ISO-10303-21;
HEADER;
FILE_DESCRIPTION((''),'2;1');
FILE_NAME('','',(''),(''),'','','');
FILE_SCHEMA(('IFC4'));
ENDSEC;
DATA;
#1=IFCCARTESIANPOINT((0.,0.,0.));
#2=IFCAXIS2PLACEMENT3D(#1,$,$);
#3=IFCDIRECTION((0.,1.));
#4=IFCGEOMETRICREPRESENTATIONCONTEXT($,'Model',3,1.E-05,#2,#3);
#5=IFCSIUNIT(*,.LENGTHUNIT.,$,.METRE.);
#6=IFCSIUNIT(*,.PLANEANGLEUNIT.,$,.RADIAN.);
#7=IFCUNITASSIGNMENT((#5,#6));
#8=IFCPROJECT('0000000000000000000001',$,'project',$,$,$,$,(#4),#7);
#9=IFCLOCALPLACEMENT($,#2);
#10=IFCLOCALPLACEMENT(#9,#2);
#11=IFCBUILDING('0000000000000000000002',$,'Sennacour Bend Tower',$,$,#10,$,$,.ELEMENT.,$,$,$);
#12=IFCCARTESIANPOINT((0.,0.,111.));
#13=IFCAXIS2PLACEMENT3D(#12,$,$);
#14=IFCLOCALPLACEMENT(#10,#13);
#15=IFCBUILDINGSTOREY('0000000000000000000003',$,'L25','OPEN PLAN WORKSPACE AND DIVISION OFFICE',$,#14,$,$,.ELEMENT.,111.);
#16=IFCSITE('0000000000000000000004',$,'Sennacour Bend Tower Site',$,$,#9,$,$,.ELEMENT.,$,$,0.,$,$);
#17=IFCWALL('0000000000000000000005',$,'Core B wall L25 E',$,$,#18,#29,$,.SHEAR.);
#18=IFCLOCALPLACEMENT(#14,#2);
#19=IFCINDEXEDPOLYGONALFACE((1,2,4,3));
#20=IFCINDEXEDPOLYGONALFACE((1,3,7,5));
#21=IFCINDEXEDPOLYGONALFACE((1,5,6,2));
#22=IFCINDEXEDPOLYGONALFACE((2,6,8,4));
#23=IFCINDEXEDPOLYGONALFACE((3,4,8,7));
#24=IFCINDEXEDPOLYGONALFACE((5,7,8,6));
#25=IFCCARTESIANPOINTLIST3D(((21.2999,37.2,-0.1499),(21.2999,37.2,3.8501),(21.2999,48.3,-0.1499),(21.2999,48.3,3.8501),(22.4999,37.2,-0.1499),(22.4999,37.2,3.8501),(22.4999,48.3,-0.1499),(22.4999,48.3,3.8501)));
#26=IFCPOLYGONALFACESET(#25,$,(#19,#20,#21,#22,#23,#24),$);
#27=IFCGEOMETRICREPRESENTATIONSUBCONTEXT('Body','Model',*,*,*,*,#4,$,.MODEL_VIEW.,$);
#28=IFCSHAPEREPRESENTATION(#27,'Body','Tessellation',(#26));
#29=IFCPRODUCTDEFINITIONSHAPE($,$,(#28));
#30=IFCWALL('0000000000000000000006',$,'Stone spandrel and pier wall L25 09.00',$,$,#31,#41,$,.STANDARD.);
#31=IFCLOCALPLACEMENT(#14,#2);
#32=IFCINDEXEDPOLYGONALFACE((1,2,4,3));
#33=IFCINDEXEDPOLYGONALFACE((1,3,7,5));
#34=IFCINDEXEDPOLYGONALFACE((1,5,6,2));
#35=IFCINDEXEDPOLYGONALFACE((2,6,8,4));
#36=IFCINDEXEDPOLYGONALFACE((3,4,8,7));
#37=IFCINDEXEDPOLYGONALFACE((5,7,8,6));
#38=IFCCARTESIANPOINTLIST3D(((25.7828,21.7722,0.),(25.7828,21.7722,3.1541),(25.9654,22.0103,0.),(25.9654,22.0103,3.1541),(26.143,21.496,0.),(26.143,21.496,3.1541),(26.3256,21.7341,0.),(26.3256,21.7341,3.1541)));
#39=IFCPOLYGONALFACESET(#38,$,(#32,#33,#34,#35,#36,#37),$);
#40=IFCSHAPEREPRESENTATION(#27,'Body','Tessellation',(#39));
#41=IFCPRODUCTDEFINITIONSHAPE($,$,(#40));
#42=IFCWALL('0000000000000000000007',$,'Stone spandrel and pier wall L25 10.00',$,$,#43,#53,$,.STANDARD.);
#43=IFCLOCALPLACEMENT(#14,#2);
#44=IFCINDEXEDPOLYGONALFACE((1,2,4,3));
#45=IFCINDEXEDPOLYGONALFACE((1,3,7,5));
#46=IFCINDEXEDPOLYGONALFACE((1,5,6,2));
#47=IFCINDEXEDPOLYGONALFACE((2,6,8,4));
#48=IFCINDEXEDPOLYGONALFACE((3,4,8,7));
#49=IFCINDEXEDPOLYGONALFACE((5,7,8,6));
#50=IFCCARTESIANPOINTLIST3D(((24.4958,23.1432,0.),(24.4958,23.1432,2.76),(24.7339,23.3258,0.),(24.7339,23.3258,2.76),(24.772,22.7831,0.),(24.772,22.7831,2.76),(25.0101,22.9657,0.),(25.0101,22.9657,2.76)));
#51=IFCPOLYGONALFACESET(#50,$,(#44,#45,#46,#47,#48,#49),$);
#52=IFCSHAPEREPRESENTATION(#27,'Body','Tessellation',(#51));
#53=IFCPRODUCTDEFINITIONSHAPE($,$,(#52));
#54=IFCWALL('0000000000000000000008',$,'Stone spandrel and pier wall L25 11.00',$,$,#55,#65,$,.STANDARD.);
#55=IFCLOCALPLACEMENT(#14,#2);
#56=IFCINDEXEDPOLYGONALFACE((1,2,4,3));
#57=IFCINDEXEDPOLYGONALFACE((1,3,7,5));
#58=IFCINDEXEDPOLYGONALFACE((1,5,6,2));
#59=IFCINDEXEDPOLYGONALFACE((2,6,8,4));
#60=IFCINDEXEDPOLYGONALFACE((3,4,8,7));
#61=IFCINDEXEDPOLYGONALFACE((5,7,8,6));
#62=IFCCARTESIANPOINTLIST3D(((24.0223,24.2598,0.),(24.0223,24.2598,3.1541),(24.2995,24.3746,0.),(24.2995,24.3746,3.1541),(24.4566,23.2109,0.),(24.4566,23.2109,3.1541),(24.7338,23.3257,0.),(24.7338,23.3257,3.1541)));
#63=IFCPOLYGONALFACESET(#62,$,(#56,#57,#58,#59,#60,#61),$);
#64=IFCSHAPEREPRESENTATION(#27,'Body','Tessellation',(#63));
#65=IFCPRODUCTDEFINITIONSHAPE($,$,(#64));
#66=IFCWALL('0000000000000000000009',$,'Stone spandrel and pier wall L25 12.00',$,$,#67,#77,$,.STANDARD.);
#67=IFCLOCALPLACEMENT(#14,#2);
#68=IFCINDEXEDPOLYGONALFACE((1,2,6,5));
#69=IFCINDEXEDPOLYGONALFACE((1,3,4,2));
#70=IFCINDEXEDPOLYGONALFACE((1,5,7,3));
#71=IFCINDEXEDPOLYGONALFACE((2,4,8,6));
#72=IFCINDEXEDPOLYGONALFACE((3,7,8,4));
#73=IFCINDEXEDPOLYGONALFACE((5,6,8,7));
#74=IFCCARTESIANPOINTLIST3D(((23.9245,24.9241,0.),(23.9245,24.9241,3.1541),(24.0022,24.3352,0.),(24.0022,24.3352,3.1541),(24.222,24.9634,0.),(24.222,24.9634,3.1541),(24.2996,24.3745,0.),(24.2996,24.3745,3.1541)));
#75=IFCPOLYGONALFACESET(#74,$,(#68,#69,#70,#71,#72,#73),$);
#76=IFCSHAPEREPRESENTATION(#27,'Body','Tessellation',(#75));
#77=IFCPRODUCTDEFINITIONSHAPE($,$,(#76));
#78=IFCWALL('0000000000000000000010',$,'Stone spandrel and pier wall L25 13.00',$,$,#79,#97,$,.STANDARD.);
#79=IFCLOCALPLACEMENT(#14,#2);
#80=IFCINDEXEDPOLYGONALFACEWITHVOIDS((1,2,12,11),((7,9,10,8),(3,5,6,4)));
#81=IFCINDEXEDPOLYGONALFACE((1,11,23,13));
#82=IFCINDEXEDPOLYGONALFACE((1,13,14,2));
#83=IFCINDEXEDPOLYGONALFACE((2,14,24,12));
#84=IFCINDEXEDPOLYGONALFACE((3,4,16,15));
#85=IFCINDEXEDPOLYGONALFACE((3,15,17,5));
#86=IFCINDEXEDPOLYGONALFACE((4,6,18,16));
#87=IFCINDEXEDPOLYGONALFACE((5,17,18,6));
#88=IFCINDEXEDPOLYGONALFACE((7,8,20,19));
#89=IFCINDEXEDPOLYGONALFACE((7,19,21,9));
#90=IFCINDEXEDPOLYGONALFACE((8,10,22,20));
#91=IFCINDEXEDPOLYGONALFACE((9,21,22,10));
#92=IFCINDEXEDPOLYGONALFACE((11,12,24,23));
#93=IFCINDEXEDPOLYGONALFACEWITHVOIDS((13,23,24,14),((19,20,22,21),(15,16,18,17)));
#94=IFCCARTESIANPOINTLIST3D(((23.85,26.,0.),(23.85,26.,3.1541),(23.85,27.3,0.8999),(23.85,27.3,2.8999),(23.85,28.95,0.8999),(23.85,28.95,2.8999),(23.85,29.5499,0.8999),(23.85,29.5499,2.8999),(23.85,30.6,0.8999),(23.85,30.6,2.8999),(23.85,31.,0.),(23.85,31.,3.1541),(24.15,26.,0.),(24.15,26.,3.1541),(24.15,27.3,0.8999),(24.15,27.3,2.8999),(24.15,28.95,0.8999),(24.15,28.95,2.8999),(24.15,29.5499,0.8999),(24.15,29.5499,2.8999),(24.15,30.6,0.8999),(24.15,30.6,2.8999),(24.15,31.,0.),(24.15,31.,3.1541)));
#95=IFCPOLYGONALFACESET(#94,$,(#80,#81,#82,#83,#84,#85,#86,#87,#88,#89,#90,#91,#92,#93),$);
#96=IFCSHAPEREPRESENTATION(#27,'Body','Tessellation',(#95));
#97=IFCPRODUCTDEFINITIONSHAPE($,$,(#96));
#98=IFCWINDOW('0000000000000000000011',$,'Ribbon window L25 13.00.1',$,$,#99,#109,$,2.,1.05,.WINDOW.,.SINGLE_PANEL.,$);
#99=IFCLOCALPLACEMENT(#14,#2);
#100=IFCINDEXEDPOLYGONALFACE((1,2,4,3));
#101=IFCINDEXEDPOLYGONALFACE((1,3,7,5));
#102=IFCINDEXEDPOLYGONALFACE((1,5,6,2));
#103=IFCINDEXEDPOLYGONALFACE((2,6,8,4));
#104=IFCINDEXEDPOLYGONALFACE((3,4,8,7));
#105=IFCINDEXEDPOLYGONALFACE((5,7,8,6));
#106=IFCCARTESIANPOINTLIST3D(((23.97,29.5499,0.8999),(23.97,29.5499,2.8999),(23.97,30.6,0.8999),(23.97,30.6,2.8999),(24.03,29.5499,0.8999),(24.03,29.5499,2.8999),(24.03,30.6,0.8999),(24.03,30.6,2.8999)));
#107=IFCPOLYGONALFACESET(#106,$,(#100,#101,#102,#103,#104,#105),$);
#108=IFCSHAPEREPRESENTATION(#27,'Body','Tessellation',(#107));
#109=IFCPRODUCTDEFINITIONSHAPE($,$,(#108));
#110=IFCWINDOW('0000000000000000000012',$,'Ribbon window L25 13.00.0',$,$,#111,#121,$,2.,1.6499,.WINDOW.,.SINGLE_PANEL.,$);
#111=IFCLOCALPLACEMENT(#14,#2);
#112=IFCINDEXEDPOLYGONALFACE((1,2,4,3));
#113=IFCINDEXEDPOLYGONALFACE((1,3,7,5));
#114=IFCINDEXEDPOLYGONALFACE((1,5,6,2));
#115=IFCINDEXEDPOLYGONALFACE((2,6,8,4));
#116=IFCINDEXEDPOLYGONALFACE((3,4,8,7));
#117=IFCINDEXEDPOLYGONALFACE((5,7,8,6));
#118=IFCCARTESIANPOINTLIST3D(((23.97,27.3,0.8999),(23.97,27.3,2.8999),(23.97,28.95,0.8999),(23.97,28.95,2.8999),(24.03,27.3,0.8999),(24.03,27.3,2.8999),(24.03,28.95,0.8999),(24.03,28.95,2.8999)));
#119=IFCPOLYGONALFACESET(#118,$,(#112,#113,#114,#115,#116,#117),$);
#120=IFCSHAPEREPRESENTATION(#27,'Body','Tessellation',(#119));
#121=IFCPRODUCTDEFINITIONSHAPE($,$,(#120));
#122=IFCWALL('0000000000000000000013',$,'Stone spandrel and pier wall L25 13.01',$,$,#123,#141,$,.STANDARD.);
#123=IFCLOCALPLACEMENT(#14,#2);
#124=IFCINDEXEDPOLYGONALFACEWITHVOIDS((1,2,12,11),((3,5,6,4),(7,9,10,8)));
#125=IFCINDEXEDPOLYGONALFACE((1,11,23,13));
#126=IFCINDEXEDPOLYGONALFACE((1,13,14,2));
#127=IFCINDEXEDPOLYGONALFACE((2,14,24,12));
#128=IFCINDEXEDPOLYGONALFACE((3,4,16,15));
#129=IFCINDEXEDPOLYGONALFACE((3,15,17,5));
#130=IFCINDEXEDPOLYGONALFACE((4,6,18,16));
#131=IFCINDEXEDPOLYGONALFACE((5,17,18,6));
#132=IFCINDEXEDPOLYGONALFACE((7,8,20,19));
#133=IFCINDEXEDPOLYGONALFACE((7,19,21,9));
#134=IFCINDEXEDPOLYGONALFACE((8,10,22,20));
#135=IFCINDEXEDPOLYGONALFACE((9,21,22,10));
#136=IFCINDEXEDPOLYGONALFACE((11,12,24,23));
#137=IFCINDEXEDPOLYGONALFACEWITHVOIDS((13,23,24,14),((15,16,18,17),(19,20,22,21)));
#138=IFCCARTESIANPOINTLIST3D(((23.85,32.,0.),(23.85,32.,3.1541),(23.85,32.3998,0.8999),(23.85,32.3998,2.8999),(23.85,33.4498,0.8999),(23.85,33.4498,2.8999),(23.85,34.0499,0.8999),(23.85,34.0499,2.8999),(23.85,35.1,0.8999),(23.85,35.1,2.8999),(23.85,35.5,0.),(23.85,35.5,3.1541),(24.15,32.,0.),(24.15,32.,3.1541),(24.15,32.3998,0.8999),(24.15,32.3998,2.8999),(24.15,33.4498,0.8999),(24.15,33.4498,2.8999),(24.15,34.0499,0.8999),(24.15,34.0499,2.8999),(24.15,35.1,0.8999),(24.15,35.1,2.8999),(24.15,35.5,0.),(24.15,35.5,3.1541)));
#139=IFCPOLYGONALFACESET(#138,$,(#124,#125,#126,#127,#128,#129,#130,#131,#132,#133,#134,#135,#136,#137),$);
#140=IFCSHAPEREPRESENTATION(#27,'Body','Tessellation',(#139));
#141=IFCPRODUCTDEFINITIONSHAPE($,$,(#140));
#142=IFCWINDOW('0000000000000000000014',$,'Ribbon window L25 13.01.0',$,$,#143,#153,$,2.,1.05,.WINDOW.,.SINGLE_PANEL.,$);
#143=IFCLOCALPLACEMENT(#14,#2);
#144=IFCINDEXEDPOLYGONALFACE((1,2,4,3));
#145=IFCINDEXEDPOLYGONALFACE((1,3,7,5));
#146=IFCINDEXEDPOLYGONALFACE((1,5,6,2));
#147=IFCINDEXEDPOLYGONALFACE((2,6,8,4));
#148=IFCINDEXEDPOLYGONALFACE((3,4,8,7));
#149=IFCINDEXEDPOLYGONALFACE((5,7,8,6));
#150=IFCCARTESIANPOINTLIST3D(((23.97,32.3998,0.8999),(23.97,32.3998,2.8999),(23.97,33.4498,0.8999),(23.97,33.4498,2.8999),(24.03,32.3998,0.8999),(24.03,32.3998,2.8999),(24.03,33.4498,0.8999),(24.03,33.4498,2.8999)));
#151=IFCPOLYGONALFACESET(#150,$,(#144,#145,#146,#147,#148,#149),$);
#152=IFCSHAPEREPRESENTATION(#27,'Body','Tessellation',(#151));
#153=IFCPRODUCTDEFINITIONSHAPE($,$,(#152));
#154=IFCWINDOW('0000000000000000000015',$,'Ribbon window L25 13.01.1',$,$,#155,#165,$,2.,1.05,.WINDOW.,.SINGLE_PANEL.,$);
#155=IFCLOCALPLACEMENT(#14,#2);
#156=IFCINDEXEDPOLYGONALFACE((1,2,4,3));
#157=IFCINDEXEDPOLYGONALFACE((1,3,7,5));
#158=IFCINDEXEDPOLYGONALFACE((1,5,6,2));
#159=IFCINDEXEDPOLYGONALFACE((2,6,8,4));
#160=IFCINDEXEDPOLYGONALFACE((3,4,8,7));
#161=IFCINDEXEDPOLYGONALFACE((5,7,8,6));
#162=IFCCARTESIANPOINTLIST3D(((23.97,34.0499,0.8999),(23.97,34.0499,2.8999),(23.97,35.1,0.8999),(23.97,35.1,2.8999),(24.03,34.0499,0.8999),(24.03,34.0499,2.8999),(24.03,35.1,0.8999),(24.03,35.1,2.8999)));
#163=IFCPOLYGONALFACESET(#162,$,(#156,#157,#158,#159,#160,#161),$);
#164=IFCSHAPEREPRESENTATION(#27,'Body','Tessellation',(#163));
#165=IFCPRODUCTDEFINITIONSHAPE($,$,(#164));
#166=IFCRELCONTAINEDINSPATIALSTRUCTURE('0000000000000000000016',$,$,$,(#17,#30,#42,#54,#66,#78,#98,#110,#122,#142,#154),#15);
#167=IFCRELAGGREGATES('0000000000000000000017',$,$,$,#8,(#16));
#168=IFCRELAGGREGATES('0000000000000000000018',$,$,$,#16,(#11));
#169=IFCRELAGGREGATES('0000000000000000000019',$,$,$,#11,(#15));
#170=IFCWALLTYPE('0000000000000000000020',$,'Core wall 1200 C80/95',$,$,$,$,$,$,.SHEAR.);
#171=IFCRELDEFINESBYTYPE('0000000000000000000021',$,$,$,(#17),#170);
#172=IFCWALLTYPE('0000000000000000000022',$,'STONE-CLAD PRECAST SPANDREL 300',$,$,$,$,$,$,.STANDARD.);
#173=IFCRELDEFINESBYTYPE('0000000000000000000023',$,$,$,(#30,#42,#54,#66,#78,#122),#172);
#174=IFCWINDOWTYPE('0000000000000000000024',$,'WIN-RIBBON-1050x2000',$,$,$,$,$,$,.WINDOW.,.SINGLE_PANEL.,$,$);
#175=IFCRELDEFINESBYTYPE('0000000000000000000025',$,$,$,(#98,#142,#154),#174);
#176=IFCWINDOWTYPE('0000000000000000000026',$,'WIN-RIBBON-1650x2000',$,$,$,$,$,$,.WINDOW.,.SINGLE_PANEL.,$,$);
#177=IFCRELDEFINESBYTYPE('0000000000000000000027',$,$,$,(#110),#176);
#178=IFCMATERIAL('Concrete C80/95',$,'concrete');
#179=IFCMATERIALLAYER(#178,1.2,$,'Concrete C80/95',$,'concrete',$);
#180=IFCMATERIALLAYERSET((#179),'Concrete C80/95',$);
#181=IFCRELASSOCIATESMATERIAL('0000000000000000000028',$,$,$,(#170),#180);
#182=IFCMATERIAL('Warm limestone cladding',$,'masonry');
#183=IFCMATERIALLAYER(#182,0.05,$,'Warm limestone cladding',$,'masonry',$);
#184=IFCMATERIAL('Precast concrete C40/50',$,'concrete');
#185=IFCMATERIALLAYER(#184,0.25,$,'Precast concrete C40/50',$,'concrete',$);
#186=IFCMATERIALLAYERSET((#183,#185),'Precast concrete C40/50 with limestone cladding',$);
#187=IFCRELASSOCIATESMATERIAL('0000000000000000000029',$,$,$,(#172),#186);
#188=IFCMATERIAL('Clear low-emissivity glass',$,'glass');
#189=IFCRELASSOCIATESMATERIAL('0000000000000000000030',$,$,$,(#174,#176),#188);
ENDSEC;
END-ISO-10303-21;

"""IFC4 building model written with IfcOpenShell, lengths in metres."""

from ifc_helpers import new_model, si_unit, direction, frame, frame_2d, origin, place, context, subcontext, project, spatial, rectangle, extrude, material, layer, layer_set, type_object, element, fill, save


model = new_model("IFC4")

# Units and contexts
model_context = context("Model", 3, precision=1e-05, world=origin(), true_north=direction((0.0, 1.0)))
body_context = subcontext(model_context, "Body", "Model", "MODEL_VIEW")
ifc_project = project(units=[si_unit("LENGTHUNIT", "METRE"), si_unit("PLANEANGLEUNIT", "RADIAN")], contexts=[model_context])

# Site, building, storey
site_placement = place(None, origin())
site = spatial("IfcSite", under=ifc_project, at=site_placement, Name="Sennacour Bend Tower Site", CompositionType="ELEMENT", RefElevation=0.0)
building_placement = place(site_placement, origin())
building = spatial("IfcBuilding", under=site, at=building_placement, Name="Sennacour Bend Tower", CompositionType="ELEMENT")
storey_placement = place(building_placement, frame((0.0, 0.0, 111.0)))
storey = spatial("IfcBuildingStorey", under=building, at=storey_placement, Name="L25", Description="OPEN PLAN WORKSPACE AND DIVISION OFFICE", CompositionType="ELEMENT", Elevation=111.0)

# Walls
ifc_material_1 = material(Name="Concrete C80/95", Category="concrete")
ifc_layer_1 = layer(ifc_material_1, 1.2, Name="Concrete C80/95", Category="concrete")
ifc_layer_set_1 = layer_set([ifc_layer_1], Name="Concrete C80/95")
wall_type_1 = type_object("IfcWallType", Name="Core wall 1200 C80/95", PredefinedType="SHEAR", material=ifc_layer_set_1)
wall_1_placement = place(storey_placement, frame((21.8999, 37.2, -0.1499), z_axis=(0.0, 0.0, 1.0), x_axis=(0.0, 1.0, 0.0)))
element("IfcWall", 1, at=wall_1_placement, inside=storey, type_object=wall_type_1, Name="Core B wall L25 E", PredefinedType="SHEAR", context=body_context, shape_type="SweptSolid", body=[
    extrude(rectangle(XDim=11.1001, YDim=1.2, at=frame_2d((5.55, 0.0))), origin(), (0.0, 0.0, 1.0), 4.0),
])
ifc_material_2 = material(Name="Warm limestone cladding", Category="masonry")
ifc_layer_2 = layer(ifc_material_2, 0.05, Name="Warm limestone cladding", Category="masonry")
ifc_material_3 = material(Name="Precast concrete C40/50", Category="concrete")
ifc_layer_3 = layer(ifc_material_3, 0.25, Name="Precast concrete C40/50", Category="concrete")
ifc_layer_set_2 = layer_set([ifc_layer_2, ifc_layer_3], Name="Precast concrete C40/50 with limestone cladding")
wall_type_2 = type_object("IfcWallType", Name="STONE-CLAD PRECAST SPANDREL 300", PredefinedType="STANDARD", material=ifc_layer_set_2)
wall_2_placement = place(storey_placement, frame((26.2344, 21.615, 0.0), z_axis=(0.0, 0.0, 1.0), x_axis=(-0.793563, 0.608488, 0.0)))
element("IfcWall", 2, at=wall_2_placement, inside=storey, type_object=wall_type_2, Name="Stone spandrel and pier wall L25 09.00", PredefinedType="STANDARD", context=body_context, shape_type="SweptSolid", body=[
    extrude(rectangle(XDim=0.4539, YDim=0.3, at=frame_2d((0.2271, 0.0))), origin(), (0.0, 0.0, 1.0), 3.1541),
])
wall_3_placement = place(storey_placement, frame((24.8911, 22.8743, 0.0), z_axis=(0.0, 0.0, 1.0), x_axis=(-0.608488, 0.793563, 0.0)))
element("IfcWall", 3, at=wall_3_placement, inside=storey, type_object=wall_type_2, Name="Stone spandrel and pier wall L25 10.00", PredefinedType="STANDARD", context=body_context, shape_type="SweptSolid", body=[
    extrude(rectangle(XDim=0.4539, YDim=0.3, at=frame_2d((0.2271, 0.0))), origin(), (0.0, 0.0, 1.0), 2.76),
])
wall_4_placement = place(storey_placement, frame((24.5952, 23.2683, 0.0), z_axis=(0.0, 0.0, 1.0), x_axis=(-0.382599, 0.923915, 0.0)))
element("IfcWall", 4, at=wall_4_placement, inside=storey, type_object=wall_type_2, Name="Stone spandrel and pier wall L25 11.00", PredefinedType="STANDARD", context=body_context, shape_type="SweptSolid", body=[
    extrude(rectangle(XDim=1.1353, YDim=0.3, at=frame_2d((0.5676, 0.0))), origin(), (0.0, 0.0, 1.0), 3.1541),
])
wall_5_placement = place(storey_placement, frame((24.1509, 24.355, 0.0), z_axis=(0.0, 0.0, 1.0), x_axis=(-0.13071, 0.991421, 0.0)))
element("IfcWall", 5, at=wall_5_placement, inside=storey, type_object=wall_type_2, Name="Stone spandrel and pier wall L25 12.00", PredefinedType="STANDARD", context=body_context, shape_type="SweptSolid", body=[
    extrude(rectangle(XDim=0.594, YDim=0.3, at=frame_2d((0.2969, 0.0))), origin(), (0.0, 0.0, 1.0), 3.1541),
])

# Walls, openings, windows
wall_6_placement = place(storey_placement, frame((24.0, 26.0, 0.0), z_axis=(0.0, 0.0, 1.0), x_axis=(0.0, 1.0, 0.0)))
wall_6 = element("IfcWall", 6, at=wall_6_placement, inside=storey, type_object=wall_type_2, Name="Stone spandrel and pier wall L25 13.00", PredefinedType="STANDARD", context=body_context, shape_type="SweptSolid", body=[
    extrude(rectangle(XDim=5.0, YDim=0.3, at=frame_2d((2.5, 0.0))), origin(), (0.0, 0.0, 1.0), 3.1541),
])
opening_1_placement = place(wall_6_placement, frame((1.3, 0.0, 0.8999)))
opening_1 = element("IfcOpeningElement", 7, at=opening_1_placement, cuts=wall_6, PredefinedType="OPENING", context=body_context, shape_type="SweptSolid", body=[
    extrude(rectangle(XDim=1.6499, YDim=2.0, at=frame_2d((0.825, 1.0))), frame((0.0, 0.1602, 0.0), z_axis=(0.0, -1.0, 0.0), x_axis=(1.0, 0.0, 0.0)), (0.0, 0.0, 1.0), 0.3201),
])
opening_2_placement = place(wall_6_placement, frame((3.55, 0.0, 0.8999)))
opening_2 = element("IfcOpeningElement", 8, at=opening_2_placement, cuts=wall_6, PredefinedType="OPENING", context=body_context, shape_type="SweptSolid", body=[
    extrude(rectangle(XDim=1.05, YDim=2.0, at=frame_2d((0.5249, 1.0))), frame((0.0, 0.1602, 0.0), z_axis=(0.0, -1.0, 0.0), x_axis=(1.0, 0.0, 0.0)), (0.0, 0.0, 1.0), 0.3201),
])
ifc_material_4 = material(Name="Clear low-emissivity glass", Category="glass")
window_type_1 = type_object("IfcWindowType", Name="WIN-RIBBON-1050x2000", PartitioningType="SINGLE_PANEL", PredefinedType="WINDOW", material=ifc_material_4)
window_1_placement = place(opening_2_placement, origin())
window_1 = element("IfcWindow", 9, at=window_1_placement, inside=storey, type_object=window_type_1, Name="Ribbon window L25 13.00.1", OverallHeight=2.0, OverallWidth=1.05, PartitioningType="SINGLE_PANEL", PredefinedType="WINDOW", context=body_context, shape_type="SweptSolid", body=[
    extrude(rectangle(XDim=1.05, YDim=2.0, at=frame_2d((0.5249, 1.0))), frame((0.0, 0.03, 0.0), z_axis=(0.0, -1.0, 0.0), x_axis=(1.0, 0.0, 0.0)), (0.0, 0.0, 1.0), 0.0601),
])
fill(opening_2, window_1)
window_type_2 = type_object("IfcWindowType", Name="WIN-RIBBON-1650x2000", PartitioningType="SINGLE_PANEL", PredefinedType="WINDOW", material=ifc_material_4)
window_2_placement = place(opening_1_placement, origin())
window_2 = element("IfcWindow", 10, at=window_2_placement, inside=storey, type_object=window_type_2, Name="Ribbon window L25 13.00.0", OverallHeight=2.0, OverallWidth=1.6499, PartitioningType="SINGLE_PANEL", PredefinedType="WINDOW", context=body_context, shape_type="SweptSolid", body=[
    extrude(rectangle(XDim=1.6499, YDim=2.0, at=frame_2d((0.825, 1.0))), frame((0.0, 0.03, 0.0), z_axis=(0.0, -1.0, 0.0), x_axis=(1.0, 0.0, 0.0)), (0.0, 0.0, 1.0), 0.0601),
])
fill(opening_1, window_2)
wall_7_placement = place(storey_placement, frame((24.0, 32.0, 0.0), z_axis=(0.0, 0.0, 1.0), x_axis=(0.0, 1.0, 0.0)))
wall_7 = element("IfcWall", 11, at=wall_7_placement, inside=storey, type_object=wall_type_2, Name="Stone spandrel and pier wall L25 13.01", PredefinedType="STANDARD", context=body_context, shape_type="SweptSolid", body=[
    extrude(rectangle(XDim=3.5, YDim=0.3, at=frame_2d((1.75, 0.0))), origin(), (0.0, 0.0, 1.0), 3.1541),
])
opening_3_placement = place(wall_7_placement, frame((0.3999, 0.0, 0.8999)))
opening_3 = element("IfcOpeningElement", 12, at=opening_3_placement, cuts=wall_7, PredefinedType="OPENING", context=body_context, shape_type="SweptSolid", body=[
    extrude(rectangle(XDim=1.05, YDim=2.0, at=frame_2d((0.5249, 1.0))), frame((0.0, 0.1602, 0.0), z_axis=(0.0, -1.0, 0.0), x_axis=(1.0, 0.0, 0.0)), (0.0, 0.0, 1.0), 0.3201),
])
opening_4_placement = place(wall_7_placement, frame((2.05, 0.0, 0.8999)))
opening_4 = element("IfcOpeningElement", 13, at=opening_4_placement, cuts=wall_7, PredefinedType="OPENING", context=body_context, shape_type="SweptSolid", body=[
    extrude(rectangle(XDim=1.05, YDim=2.0, at=frame_2d((0.5249, 1.0))), frame((0.0, 0.1602, 0.0), z_axis=(0.0, -1.0, 0.0), x_axis=(1.0, 0.0, 0.0)), (0.0, 0.0, 1.0), 0.3201),
])
window_3_placement = place(opening_3_placement, origin())
window_3 = element("IfcWindow", 14, at=window_3_placement, inside=storey, type_object=window_type_1, Name="Ribbon window L25 13.01.0", OverallHeight=2.0, OverallWidth=1.05, PartitioningType="SINGLE_PANEL", PredefinedType="WINDOW", context=body_context, shape_type="SweptSolid", body=[
    extrude(rectangle(XDim=1.05, YDim=2.0, at=frame_2d((0.5249, 1.0))), frame((0.0, 0.03, 0.0), z_axis=(0.0, -1.0, 0.0), x_axis=(1.0, 0.0, 0.0)), (0.0, 0.0, 1.0), 0.0601),
])
fill(opening_3, window_3)
window_4_placement = place(opening_4_placement, origin())
window_4 = element("IfcWindow", 15, at=window_4_placement, inside=storey, type_object=window_type_1, Name="Ribbon window L25 13.01.1", OverallHeight=2.0, OverallWidth=1.05, PartitioningType="SINGLE_PANEL", PredefinedType="WINDOW", context=body_context, shape_type="SweptSolid", body=[
    extrude(rectangle(XDim=1.05, YDim=2.0, at=frame_2d((0.5249, 1.0))), frame((0.0, 0.03, 0.0), z_axis=(0.0, -1.0, 0.0), x_axis=(1.0, 0.0, 0.0)), (0.0, 0.0, 1.0), 0.0601),
])
fill(opening_4, window_4)

save(model, "model.ifc")
